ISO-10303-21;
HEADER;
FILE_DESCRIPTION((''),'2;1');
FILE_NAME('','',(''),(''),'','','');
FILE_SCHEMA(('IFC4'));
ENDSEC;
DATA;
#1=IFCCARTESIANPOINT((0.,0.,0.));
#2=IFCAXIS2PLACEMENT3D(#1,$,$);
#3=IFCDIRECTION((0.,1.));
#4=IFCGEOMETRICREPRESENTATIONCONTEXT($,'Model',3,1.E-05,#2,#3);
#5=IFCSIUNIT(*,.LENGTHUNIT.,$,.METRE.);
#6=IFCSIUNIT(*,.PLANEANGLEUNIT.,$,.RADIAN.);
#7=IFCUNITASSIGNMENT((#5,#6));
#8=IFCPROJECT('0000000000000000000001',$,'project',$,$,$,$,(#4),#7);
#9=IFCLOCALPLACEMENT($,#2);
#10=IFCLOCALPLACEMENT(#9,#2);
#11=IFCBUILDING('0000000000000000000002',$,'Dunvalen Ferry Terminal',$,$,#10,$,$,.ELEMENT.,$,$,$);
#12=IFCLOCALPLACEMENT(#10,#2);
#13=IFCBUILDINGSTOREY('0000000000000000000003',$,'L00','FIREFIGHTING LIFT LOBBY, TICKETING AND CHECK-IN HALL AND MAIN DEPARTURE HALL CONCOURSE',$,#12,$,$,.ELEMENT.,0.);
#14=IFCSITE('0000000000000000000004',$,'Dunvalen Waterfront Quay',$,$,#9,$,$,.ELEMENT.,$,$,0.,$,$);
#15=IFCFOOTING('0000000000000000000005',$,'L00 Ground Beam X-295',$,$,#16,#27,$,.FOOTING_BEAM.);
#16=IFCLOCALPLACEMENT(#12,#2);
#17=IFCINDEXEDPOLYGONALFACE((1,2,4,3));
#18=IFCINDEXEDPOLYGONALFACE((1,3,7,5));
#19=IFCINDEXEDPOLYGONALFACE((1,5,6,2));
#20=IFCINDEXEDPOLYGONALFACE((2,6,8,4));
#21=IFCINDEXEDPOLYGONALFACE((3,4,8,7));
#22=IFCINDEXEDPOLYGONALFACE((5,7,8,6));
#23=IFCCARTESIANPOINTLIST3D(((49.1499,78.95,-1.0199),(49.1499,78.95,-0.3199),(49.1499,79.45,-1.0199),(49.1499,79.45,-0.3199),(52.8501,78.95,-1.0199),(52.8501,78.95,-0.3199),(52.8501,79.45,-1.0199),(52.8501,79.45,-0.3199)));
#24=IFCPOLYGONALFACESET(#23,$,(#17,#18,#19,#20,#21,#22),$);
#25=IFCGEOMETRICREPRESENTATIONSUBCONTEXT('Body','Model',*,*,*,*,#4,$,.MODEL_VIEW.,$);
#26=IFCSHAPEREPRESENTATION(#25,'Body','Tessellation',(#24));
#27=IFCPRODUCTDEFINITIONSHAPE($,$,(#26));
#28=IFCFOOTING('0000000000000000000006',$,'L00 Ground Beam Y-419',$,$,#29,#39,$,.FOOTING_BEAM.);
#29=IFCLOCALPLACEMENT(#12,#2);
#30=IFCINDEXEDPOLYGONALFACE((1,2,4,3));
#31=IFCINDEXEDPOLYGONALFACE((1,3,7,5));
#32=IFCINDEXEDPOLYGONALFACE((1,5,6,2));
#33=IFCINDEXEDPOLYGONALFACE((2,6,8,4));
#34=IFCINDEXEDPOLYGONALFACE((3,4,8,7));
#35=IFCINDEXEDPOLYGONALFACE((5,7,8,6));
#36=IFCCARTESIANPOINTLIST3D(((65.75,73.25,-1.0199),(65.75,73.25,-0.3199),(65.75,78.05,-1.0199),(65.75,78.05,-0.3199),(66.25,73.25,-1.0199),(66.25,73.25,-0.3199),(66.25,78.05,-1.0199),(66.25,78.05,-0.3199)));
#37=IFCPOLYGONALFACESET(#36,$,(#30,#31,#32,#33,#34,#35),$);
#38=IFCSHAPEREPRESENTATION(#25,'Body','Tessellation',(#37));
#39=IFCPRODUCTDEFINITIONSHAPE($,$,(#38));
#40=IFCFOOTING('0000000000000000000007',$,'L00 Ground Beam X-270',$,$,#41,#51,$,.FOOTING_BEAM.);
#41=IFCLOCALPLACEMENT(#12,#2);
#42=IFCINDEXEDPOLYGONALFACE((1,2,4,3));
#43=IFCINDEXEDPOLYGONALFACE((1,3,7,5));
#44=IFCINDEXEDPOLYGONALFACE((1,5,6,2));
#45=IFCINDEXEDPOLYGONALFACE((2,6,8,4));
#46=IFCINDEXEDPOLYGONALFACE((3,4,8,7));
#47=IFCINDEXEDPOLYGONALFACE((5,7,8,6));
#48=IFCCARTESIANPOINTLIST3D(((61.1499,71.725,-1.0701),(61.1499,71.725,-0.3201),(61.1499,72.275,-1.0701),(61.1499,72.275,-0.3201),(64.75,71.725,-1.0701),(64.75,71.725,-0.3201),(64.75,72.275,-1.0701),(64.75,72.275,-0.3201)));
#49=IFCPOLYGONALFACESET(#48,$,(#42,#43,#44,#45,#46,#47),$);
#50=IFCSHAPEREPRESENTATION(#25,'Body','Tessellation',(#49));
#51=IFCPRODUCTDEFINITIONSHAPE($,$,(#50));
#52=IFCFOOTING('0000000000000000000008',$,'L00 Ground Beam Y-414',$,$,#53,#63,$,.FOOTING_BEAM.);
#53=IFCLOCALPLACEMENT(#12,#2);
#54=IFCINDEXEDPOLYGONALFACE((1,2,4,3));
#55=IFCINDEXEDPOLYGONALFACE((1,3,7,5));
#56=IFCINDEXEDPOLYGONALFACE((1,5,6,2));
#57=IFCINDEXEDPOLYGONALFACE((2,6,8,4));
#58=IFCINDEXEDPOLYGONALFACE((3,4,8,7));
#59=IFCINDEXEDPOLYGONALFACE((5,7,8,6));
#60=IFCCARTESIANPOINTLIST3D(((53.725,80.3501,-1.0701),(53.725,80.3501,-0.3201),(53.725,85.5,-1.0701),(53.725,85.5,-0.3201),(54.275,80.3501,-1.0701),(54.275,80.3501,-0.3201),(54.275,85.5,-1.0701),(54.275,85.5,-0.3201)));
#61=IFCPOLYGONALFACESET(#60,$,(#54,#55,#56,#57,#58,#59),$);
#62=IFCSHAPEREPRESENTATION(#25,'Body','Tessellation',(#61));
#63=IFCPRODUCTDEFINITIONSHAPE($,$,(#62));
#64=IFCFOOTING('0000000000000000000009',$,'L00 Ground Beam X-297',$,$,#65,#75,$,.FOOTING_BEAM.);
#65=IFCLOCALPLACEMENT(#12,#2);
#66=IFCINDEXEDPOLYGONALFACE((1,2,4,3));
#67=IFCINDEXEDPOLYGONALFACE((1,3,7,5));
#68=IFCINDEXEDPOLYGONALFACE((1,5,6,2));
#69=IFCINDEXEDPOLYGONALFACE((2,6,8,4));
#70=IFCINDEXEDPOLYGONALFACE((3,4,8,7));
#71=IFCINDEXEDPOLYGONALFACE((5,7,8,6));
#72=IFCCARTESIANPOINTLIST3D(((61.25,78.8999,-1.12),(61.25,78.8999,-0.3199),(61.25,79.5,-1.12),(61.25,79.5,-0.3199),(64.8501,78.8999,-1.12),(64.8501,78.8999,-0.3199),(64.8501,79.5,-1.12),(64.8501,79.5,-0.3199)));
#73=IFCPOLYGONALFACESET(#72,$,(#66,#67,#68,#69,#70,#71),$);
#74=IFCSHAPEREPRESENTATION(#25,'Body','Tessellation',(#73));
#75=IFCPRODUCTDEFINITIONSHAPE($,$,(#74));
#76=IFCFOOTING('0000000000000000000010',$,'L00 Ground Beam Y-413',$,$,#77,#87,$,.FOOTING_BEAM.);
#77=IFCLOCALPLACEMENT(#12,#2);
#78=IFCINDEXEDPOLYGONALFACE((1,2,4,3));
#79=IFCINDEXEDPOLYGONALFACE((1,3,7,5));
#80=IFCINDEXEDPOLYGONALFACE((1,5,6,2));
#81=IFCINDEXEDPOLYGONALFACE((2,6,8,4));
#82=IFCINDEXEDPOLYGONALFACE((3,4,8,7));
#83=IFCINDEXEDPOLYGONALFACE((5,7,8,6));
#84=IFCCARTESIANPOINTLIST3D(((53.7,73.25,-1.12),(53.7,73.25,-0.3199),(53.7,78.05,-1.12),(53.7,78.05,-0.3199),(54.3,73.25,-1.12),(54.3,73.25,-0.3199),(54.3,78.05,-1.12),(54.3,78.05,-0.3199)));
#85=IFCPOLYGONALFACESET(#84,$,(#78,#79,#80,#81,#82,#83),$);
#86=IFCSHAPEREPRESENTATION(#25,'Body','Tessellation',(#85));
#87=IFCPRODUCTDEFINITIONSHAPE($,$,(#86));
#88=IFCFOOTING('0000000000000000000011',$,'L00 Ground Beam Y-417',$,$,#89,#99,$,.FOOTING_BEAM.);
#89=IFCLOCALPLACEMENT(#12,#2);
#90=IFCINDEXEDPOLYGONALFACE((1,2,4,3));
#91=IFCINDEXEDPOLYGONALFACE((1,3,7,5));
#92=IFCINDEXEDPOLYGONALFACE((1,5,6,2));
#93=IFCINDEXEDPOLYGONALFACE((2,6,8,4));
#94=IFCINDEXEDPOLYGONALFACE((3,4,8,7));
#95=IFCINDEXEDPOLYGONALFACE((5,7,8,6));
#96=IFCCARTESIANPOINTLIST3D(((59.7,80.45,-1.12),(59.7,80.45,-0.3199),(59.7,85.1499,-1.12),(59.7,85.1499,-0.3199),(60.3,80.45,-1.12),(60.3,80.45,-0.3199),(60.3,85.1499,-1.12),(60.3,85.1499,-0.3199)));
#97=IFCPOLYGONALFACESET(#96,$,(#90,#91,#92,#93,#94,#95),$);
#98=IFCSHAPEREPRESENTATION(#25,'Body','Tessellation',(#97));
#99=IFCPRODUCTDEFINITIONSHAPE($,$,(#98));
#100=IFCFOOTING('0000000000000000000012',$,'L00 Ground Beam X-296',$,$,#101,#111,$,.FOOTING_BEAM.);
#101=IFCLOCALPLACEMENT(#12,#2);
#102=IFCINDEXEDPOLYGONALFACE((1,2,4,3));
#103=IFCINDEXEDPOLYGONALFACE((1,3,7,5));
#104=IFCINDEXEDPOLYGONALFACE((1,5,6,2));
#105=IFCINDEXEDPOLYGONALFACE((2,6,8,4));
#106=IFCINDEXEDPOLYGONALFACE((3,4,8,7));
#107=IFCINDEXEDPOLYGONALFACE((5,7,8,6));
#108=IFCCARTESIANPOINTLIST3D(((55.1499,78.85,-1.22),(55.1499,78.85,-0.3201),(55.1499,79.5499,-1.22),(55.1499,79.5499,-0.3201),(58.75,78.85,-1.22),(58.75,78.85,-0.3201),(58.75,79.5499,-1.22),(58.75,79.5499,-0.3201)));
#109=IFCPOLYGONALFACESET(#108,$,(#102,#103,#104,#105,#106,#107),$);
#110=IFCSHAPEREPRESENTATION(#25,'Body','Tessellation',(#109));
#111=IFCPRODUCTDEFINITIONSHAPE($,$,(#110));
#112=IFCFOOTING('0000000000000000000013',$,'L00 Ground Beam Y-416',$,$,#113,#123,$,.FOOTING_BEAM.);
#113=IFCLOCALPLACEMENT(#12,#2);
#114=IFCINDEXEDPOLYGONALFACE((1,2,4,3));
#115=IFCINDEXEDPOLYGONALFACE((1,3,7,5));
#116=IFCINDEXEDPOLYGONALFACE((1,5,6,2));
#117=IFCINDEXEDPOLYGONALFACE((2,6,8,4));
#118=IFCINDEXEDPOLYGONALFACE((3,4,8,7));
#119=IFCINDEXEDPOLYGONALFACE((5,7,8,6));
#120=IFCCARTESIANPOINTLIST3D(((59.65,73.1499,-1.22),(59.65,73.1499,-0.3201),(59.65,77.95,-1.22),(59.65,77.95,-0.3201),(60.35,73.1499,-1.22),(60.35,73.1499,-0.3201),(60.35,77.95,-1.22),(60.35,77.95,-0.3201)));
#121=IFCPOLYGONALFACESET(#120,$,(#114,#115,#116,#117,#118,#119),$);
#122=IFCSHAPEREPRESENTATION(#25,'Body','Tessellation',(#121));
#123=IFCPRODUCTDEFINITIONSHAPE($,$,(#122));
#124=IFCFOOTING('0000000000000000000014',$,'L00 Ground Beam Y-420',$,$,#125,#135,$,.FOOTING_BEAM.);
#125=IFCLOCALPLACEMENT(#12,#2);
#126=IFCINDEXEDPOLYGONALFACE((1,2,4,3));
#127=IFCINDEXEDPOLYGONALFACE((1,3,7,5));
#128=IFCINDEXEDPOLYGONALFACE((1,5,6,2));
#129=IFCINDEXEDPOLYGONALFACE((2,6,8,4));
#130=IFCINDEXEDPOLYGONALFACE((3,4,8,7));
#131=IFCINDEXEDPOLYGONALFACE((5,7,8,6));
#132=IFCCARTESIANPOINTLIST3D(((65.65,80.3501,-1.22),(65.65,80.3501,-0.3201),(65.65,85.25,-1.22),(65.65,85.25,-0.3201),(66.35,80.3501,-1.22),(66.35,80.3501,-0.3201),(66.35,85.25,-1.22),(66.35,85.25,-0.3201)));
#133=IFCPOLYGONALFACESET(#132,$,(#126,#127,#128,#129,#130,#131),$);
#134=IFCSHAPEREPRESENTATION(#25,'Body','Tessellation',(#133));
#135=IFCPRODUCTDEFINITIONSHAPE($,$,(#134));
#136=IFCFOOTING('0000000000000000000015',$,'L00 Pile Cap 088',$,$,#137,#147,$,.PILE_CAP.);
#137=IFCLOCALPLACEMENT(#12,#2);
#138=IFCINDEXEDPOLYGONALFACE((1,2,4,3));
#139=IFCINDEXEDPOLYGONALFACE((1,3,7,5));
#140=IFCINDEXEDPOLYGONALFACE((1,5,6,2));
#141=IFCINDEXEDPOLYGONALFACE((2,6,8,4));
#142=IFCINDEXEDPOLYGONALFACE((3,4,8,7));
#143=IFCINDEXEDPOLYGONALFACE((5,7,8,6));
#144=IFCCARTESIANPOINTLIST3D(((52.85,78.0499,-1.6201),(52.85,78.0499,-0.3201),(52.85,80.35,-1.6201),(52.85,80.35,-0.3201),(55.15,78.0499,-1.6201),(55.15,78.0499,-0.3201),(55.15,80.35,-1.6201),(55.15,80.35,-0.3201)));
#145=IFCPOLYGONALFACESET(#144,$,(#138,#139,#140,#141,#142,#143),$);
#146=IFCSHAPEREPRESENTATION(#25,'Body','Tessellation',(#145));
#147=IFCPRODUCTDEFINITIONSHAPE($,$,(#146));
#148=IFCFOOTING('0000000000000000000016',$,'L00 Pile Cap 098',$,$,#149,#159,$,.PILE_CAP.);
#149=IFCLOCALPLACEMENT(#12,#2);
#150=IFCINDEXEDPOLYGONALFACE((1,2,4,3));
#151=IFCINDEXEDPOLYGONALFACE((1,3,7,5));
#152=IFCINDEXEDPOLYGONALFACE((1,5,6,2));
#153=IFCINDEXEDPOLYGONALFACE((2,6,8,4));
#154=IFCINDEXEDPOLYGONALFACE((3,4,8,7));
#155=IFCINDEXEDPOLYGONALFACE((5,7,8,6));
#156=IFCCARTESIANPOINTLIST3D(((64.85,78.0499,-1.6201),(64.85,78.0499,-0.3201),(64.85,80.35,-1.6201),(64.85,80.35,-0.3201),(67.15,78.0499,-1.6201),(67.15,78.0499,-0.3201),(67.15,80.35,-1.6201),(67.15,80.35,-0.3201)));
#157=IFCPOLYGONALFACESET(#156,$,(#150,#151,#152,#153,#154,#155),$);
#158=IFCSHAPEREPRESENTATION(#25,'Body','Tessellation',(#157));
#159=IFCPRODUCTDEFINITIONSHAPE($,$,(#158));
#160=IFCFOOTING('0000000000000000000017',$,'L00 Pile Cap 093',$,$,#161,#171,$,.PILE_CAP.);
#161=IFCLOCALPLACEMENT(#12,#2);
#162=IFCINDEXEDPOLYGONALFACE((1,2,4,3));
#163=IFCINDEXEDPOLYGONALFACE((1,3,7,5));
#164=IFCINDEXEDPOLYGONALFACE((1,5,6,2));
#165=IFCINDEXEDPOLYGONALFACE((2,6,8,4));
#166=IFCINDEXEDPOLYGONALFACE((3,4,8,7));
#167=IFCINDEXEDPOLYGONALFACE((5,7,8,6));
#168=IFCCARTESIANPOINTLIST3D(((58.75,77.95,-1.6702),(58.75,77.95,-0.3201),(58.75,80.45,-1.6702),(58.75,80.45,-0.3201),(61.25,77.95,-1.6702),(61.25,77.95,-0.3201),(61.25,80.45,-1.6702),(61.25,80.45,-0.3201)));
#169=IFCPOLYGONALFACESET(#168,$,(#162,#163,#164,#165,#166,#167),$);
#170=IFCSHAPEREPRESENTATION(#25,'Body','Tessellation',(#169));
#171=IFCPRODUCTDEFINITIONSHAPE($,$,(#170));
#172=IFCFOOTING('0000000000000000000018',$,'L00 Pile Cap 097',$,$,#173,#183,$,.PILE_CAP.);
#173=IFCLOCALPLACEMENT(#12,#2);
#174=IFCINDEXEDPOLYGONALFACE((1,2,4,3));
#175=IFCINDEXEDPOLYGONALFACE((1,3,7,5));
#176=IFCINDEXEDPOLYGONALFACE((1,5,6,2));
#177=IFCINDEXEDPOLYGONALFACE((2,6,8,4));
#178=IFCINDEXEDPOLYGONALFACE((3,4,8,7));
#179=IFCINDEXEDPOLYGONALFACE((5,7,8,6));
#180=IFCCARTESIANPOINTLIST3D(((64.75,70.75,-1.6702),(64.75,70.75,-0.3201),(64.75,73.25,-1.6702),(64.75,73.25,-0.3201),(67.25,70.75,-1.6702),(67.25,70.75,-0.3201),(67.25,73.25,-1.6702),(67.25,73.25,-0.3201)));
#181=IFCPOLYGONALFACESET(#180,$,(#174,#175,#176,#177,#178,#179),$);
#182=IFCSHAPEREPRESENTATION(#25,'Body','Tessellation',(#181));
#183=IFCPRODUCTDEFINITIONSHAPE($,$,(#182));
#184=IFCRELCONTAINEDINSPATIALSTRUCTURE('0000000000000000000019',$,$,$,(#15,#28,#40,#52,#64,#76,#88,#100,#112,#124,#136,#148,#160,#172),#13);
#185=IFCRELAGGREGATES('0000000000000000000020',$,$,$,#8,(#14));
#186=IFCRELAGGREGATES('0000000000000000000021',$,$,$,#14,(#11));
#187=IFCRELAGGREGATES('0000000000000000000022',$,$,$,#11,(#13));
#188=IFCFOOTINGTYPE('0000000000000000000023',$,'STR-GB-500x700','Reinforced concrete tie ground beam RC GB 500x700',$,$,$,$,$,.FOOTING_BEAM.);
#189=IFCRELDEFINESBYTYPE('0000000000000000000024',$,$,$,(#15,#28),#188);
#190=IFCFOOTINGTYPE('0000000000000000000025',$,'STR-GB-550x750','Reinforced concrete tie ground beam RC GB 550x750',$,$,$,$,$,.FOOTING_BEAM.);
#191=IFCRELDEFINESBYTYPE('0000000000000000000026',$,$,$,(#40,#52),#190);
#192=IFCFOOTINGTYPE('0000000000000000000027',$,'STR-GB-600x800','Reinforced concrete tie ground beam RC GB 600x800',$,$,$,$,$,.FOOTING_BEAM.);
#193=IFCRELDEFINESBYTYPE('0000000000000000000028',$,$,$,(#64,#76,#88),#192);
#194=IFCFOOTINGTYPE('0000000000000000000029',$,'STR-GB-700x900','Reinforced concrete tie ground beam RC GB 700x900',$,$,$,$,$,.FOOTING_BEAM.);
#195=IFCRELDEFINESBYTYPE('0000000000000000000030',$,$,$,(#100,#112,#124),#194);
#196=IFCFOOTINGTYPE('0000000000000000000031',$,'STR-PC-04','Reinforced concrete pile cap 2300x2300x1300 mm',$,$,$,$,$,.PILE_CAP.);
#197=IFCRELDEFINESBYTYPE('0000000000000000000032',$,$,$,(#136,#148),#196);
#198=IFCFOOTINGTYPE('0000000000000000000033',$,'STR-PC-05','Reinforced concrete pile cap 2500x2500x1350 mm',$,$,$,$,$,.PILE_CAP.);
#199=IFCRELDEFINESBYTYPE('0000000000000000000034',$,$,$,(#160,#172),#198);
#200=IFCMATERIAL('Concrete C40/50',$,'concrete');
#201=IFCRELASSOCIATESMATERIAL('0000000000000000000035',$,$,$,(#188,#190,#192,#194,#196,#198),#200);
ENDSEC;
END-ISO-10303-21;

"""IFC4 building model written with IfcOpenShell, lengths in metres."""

from ifc_helpers import new_model, si_unit, direction, frame, origin, origin_2d, place, context, subcontext, project, spatial, rectangle, extrude, material, material_profile, profile_set, type_object, element, save


model = new_model("IFC4")

# Units and contexts
model_context = context("Model", 3, precision=1e-05, world=origin(), true_north=direction((0.0, 1.0)))
body_context = subcontext(model_context, "Body", "Model", "MODEL_VIEW")
ifc_project = project(units=[si_unit("LENGTHUNIT", "METRE"), si_unit("PLANEANGLEUNIT", "RADIAN")], contexts=[model_context])

# Site, building, storey
site_placement = place(None, origin())
site = spatial("IfcSite", under=ifc_project, at=site_placement, Name="Dunvalen Waterfront Quay", CompositionType="ELEMENT", RefElevation=0.0)
building_placement = place(site_placement, origin())
building = spatial("IfcBuilding", under=site, at=building_placement, Name="Dunvalen Ferry Terminal", CompositionType="ELEMENT")
storey_placement = place(building_placement, origin())
storey = spatial("IfcBuildingStorey", under=building, at=storey_placement, Name="L00", Description="FIREFIGHTING LIFT LOBBY, TICKETING AND CHECK-IN HALL AND MAIN DEPARTURE HALL CONCOURSE", CompositionType="ELEMENT", Elevation=0.0)

# Footings
ifc_material_1 = material(Name="Concrete C40/50", Category="concrete")
ifc_material_profile_1 = material_profile(ifc_material_1, rectangle(XDim=0.5, YDim=0.7, at=origin_2d()), Name="Concrete C40/50")
ifc_profile_set_1 = profile_set([ifc_material_profile_1], Name="Concrete C40/50")
footing_type_1 = type_object("IfcFootingType", Name="STR-GB-500x700", Description="Reinforced concrete tie ground beam RC GB 500x700", PredefinedType="FOOTING_BEAM", material=ifc_profile_set_1)
footing_1_placement = place(storey_placement, frame((49.1499, 79.2, -0.6699), z_axis=(1.0, 0.0, 0.0), x_axis=(0.0, 1.0, 0.0)))
element("IfcFooting", 1, at=footing_1_placement, inside=storey, type_object=footing_type_1, Name="L00 Ground Beam X-295", PredefinedType="FOOTING_BEAM", context=body_context, shape_type="SweptSolid", body=[
    extrude(rectangle(XDim=0.5, YDim=0.7, at=origin_2d()), origin(), (0.0, 0.0, 1.0), 3.7002),
])
footing_2_placement = place(storey_placement, frame((66.0, 73.25, -0.6699), z_axis=(0.0, 1.0, 0.0), x_axis=(-1.0, 0.0, 0.0)))
element("IfcFooting", 2, at=footing_2_placement, inside=storey, type_object=footing_type_1, Name="L00 Ground Beam Y-419", PredefinedType="FOOTING_BEAM", context=body_context, shape_type="SweptSolid", body=[
    extrude(rectangle(XDim=0.5, YDim=0.7, at=origin_2d()), origin(), (0.0, 0.0, 1.0), 4.8),
])
ifc_material_profile_2 = material_profile(ifc_material_1, rectangle(XDim=0.55, YDim=0.75, at=origin_2d()), Name="Concrete C40/50")
ifc_profile_set_2 = profile_set([ifc_material_profile_2], Name="Concrete C40/50")
footing_type_2 = type_object("IfcFootingType", Name="STR-GB-550x750", Description="Reinforced concrete tie ground beam RC GB 550x750", PredefinedType="FOOTING_BEAM", material=ifc_profile_set_2)
footing_3_placement = place(storey_placement, frame((61.1499, 72.0, -0.6951), z_axis=(1.0, 0.0, 0.0), x_axis=(0.0, 1.0, 0.0)))
element("IfcFooting", 3, at=footing_3_placement, inside=storey, type_object=footing_type_2, Name="L00 Ground Beam X-270", PredefinedType="FOOTING_BEAM", context=body_context, shape_type="SweptSolid", body=[
    extrude(rectangle(XDim=0.55, YDim=0.75, at=origin_2d()), origin(), (0.0, 0.0, 1.0), 3.6001),
])
footing_4_placement = place(storey_placement, frame((54.0, 80.3501, -0.6951), z_axis=(0.0, 1.0, 0.0), x_axis=(-1.0, 0.0, 0.0)))
element("IfcFooting", 4, at=footing_4_placement, inside=storey, type_object=footing_type_2, Name="L00 Ground Beam Y-414", PredefinedType="FOOTING_BEAM", context=body_context, shape_type="SweptSolid", body=[
    extrude(rectangle(XDim=0.55, YDim=0.75, at=origin_2d()), origin(), (0.0, 0.0, 1.0), 5.1499),
])
ifc_material_profile_3 = material_profile(ifc_material_1, rectangle(XDim=0.6001, YDim=0.8, at=origin_2d()), Name="Concrete C40/50")
ifc_profile_set_3 = profile_set([ifc_material_profile_3], Name="Concrete C40/50")
footing_type_3 = type_object("IfcFootingType", Name="STR-GB-600x800", Description="Reinforced concrete tie ground beam RC GB 600x800", PredefinedType="FOOTING_BEAM", material=ifc_profile_set_3)
footing_5_placement = place(storey_placement, frame((61.25, 79.2, -0.72), z_axis=(1.0, 0.0, 0.0), x_axis=(0.0, 1.0, 0.0)))
element("IfcFooting", 5, at=footing_5_placement, inside=storey, type_object=footing_type_3, Name="L00 Ground Beam X-297", PredefinedType="FOOTING_BEAM", context=body_context, shape_type="SweptSolid", body=[
    extrude(rectangle(XDim=0.6001, YDim=0.8, at=origin_2d()), origin(), (0.0, 0.0, 1.0), 3.6001),
])
footing_6_placement = place(storey_placement, frame((54.0, 73.25, -0.72), z_axis=(0.0, 1.0, 0.0), x_axis=(-1.0, 0.0, 0.0)))
element("IfcFooting", 6, at=footing_6_placement, inside=storey, type_object=footing_type_3, Name="L00 Ground Beam Y-413", PredefinedType="FOOTING_BEAM", context=body_context, shape_type="SweptSolid", body=[
    extrude(rectangle(XDim=0.6001, YDim=0.8, at=origin_2d()), origin(), (0.0, 0.0, 1.0), 4.8),
])
footing_7_placement = place(storey_placement, frame((60.0, 80.45, -0.72), z_axis=(0.0, 1.0, 0.0), x_axis=(-1.0, 0.0, 0.0)))
element("IfcFooting", 7, at=footing_7_placement, inside=storey, type_object=footing_type_3, Name="L00 Ground Beam Y-417", PredefinedType="FOOTING_BEAM", context=body_context, shape_type="SweptSolid", body=[
    extrude(rectangle(XDim=0.6001, YDim=0.8, at=origin_2d()), origin(), (0.0, 0.0, 1.0), 4.7),
])
ifc_material_profile_4 = material_profile(ifc_material_1, rectangle(XDim=0.7, YDim=0.8999, at=origin_2d()), Name="Concrete C40/50")
ifc_profile_set_4 = profile_set([ifc_material_profile_4], Name="Concrete C40/50")
footing_type_4 = type_object("IfcFootingType", Name="STR-GB-700x900", Description="Reinforced concrete tie ground beam RC GB 700x900", PredefinedType="FOOTING_BEAM", material=ifc_profile_set_4)
footing_8_placement = place(storey_placement, frame((55.1499, 79.2, -0.77), z_axis=(1.0, 0.0, 0.0), x_axis=(0.0, 1.0, 0.0)))
element("IfcFooting", 8, at=footing_8_placement, inside=storey, type_object=footing_type_4, Name="L00 Ground Beam X-296", PredefinedType="FOOTING_BEAM", context=body_context, shape_type="SweptSolid", body=[
    extrude(rectangle(XDim=0.7, YDim=0.8999, at=origin_2d()), origin(), (0.0, 0.0, 1.0), 3.6001),
])
footing_9_placement = place(storey_placement, frame((60.0, 73.1499, -0.77), z_axis=(0.0, 1.0, 0.0), x_axis=(-1.0, 0.0, 0.0)))
element("IfcFooting", 9, at=footing_9_placement, inside=storey, type_object=footing_type_4, Name="L00 Ground Beam Y-416", PredefinedType="FOOTING_BEAM", context=body_context, shape_type="SweptSolid", body=[
    extrude(rectangle(XDim=0.7, YDim=0.8999, at=origin_2d()), origin(), (0.0, 0.0, 1.0), 4.8),
])
footing_10_placement = place(storey_placement, frame((66.0, 80.3501, -0.77), z_axis=(0.0, 1.0, 0.0), x_axis=(-1.0, 0.0, 0.0)))
element("IfcFooting", 10, at=footing_10_placement, inside=storey, type_object=footing_type_4, Name="L00 Ground Beam Y-420", PredefinedType="FOOTING_BEAM", context=body_context, shape_type="SweptSolid", body=[
    extrude(rectangle(XDim=0.7, YDim=0.8999, at=origin_2d()), origin(), (0.0, 0.0, 1.0), 4.8999),
])
footing_type_5 = type_object("IfcFootingType", Name="STR-PC-04", Description="Reinforced concrete pile cap 2300x2300x1300 mm", PredefinedType="PILE_CAP", material=ifc_material_1)
for number, where, z_axis, x_axis, name in (
    (11, (54.0, 79.2, -1.6201), (0.0, 0.0, 1.0), (1.0, 0.0, 0.0), "L00 Pile Cap 088"),
    (12, (66.0, 79.2, -1.6201), (0.0, 0.0, 1.0), (1.0, 0.0, 0.0), "L00 Pile Cap 098"),
):
    element("IfcFooting", number, at=place(storey_placement, frame(where, z_axis=z_axis, x_axis=x_axis)), inside=storey, type_object=footing_type_5, Name=name, PredefinedType="PILE_CAP", context=body_context, shape_type="SweptSolid", body=[
        extrude(rectangle(XDim=2.3, YDim=2.3, at=origin_2d()), origin(), (0.0, 0.0, 1.0), 1.3),
    ])
footing_type_6 = type_object("IfcFootingType", Name="STR-PC-05", Description="Reinforced concrete pile cap 2500x2500x1350 mm", PredefinedType="PILE_CAP", material=ifc_material_1)
for number, where, z_axis, x_axis, name in (
    (13, (60.0, 79.2, -1.6702), (0.0, 0.0, 1.0), (1.0, 0.0, 0.0), "L00 Pile Cap 093"),
    (14, (66.0, 72.0, -1.6702), (0.0, 0.0, 1.0), (1.0, 0.0, 0.0), "L00 Pile Cap 097"),
):
    element("IfcFooting", number, at=place(storey_placement, frame(where, z_axis=z_axis, x_axis=x_axis)), inside=storey, type_object=footing_type_6, Name=name, PredefinedType="PILE_CAP", context=body_context, shape_type="SweptSolid", body=[
        extrude(rectangle(XDim=2.5, YDim=2.5, at=origin_2d()), origin(), (0.0, 0.0, 1.0), 1.3501),
    ])

save(model, "model.ifc")
